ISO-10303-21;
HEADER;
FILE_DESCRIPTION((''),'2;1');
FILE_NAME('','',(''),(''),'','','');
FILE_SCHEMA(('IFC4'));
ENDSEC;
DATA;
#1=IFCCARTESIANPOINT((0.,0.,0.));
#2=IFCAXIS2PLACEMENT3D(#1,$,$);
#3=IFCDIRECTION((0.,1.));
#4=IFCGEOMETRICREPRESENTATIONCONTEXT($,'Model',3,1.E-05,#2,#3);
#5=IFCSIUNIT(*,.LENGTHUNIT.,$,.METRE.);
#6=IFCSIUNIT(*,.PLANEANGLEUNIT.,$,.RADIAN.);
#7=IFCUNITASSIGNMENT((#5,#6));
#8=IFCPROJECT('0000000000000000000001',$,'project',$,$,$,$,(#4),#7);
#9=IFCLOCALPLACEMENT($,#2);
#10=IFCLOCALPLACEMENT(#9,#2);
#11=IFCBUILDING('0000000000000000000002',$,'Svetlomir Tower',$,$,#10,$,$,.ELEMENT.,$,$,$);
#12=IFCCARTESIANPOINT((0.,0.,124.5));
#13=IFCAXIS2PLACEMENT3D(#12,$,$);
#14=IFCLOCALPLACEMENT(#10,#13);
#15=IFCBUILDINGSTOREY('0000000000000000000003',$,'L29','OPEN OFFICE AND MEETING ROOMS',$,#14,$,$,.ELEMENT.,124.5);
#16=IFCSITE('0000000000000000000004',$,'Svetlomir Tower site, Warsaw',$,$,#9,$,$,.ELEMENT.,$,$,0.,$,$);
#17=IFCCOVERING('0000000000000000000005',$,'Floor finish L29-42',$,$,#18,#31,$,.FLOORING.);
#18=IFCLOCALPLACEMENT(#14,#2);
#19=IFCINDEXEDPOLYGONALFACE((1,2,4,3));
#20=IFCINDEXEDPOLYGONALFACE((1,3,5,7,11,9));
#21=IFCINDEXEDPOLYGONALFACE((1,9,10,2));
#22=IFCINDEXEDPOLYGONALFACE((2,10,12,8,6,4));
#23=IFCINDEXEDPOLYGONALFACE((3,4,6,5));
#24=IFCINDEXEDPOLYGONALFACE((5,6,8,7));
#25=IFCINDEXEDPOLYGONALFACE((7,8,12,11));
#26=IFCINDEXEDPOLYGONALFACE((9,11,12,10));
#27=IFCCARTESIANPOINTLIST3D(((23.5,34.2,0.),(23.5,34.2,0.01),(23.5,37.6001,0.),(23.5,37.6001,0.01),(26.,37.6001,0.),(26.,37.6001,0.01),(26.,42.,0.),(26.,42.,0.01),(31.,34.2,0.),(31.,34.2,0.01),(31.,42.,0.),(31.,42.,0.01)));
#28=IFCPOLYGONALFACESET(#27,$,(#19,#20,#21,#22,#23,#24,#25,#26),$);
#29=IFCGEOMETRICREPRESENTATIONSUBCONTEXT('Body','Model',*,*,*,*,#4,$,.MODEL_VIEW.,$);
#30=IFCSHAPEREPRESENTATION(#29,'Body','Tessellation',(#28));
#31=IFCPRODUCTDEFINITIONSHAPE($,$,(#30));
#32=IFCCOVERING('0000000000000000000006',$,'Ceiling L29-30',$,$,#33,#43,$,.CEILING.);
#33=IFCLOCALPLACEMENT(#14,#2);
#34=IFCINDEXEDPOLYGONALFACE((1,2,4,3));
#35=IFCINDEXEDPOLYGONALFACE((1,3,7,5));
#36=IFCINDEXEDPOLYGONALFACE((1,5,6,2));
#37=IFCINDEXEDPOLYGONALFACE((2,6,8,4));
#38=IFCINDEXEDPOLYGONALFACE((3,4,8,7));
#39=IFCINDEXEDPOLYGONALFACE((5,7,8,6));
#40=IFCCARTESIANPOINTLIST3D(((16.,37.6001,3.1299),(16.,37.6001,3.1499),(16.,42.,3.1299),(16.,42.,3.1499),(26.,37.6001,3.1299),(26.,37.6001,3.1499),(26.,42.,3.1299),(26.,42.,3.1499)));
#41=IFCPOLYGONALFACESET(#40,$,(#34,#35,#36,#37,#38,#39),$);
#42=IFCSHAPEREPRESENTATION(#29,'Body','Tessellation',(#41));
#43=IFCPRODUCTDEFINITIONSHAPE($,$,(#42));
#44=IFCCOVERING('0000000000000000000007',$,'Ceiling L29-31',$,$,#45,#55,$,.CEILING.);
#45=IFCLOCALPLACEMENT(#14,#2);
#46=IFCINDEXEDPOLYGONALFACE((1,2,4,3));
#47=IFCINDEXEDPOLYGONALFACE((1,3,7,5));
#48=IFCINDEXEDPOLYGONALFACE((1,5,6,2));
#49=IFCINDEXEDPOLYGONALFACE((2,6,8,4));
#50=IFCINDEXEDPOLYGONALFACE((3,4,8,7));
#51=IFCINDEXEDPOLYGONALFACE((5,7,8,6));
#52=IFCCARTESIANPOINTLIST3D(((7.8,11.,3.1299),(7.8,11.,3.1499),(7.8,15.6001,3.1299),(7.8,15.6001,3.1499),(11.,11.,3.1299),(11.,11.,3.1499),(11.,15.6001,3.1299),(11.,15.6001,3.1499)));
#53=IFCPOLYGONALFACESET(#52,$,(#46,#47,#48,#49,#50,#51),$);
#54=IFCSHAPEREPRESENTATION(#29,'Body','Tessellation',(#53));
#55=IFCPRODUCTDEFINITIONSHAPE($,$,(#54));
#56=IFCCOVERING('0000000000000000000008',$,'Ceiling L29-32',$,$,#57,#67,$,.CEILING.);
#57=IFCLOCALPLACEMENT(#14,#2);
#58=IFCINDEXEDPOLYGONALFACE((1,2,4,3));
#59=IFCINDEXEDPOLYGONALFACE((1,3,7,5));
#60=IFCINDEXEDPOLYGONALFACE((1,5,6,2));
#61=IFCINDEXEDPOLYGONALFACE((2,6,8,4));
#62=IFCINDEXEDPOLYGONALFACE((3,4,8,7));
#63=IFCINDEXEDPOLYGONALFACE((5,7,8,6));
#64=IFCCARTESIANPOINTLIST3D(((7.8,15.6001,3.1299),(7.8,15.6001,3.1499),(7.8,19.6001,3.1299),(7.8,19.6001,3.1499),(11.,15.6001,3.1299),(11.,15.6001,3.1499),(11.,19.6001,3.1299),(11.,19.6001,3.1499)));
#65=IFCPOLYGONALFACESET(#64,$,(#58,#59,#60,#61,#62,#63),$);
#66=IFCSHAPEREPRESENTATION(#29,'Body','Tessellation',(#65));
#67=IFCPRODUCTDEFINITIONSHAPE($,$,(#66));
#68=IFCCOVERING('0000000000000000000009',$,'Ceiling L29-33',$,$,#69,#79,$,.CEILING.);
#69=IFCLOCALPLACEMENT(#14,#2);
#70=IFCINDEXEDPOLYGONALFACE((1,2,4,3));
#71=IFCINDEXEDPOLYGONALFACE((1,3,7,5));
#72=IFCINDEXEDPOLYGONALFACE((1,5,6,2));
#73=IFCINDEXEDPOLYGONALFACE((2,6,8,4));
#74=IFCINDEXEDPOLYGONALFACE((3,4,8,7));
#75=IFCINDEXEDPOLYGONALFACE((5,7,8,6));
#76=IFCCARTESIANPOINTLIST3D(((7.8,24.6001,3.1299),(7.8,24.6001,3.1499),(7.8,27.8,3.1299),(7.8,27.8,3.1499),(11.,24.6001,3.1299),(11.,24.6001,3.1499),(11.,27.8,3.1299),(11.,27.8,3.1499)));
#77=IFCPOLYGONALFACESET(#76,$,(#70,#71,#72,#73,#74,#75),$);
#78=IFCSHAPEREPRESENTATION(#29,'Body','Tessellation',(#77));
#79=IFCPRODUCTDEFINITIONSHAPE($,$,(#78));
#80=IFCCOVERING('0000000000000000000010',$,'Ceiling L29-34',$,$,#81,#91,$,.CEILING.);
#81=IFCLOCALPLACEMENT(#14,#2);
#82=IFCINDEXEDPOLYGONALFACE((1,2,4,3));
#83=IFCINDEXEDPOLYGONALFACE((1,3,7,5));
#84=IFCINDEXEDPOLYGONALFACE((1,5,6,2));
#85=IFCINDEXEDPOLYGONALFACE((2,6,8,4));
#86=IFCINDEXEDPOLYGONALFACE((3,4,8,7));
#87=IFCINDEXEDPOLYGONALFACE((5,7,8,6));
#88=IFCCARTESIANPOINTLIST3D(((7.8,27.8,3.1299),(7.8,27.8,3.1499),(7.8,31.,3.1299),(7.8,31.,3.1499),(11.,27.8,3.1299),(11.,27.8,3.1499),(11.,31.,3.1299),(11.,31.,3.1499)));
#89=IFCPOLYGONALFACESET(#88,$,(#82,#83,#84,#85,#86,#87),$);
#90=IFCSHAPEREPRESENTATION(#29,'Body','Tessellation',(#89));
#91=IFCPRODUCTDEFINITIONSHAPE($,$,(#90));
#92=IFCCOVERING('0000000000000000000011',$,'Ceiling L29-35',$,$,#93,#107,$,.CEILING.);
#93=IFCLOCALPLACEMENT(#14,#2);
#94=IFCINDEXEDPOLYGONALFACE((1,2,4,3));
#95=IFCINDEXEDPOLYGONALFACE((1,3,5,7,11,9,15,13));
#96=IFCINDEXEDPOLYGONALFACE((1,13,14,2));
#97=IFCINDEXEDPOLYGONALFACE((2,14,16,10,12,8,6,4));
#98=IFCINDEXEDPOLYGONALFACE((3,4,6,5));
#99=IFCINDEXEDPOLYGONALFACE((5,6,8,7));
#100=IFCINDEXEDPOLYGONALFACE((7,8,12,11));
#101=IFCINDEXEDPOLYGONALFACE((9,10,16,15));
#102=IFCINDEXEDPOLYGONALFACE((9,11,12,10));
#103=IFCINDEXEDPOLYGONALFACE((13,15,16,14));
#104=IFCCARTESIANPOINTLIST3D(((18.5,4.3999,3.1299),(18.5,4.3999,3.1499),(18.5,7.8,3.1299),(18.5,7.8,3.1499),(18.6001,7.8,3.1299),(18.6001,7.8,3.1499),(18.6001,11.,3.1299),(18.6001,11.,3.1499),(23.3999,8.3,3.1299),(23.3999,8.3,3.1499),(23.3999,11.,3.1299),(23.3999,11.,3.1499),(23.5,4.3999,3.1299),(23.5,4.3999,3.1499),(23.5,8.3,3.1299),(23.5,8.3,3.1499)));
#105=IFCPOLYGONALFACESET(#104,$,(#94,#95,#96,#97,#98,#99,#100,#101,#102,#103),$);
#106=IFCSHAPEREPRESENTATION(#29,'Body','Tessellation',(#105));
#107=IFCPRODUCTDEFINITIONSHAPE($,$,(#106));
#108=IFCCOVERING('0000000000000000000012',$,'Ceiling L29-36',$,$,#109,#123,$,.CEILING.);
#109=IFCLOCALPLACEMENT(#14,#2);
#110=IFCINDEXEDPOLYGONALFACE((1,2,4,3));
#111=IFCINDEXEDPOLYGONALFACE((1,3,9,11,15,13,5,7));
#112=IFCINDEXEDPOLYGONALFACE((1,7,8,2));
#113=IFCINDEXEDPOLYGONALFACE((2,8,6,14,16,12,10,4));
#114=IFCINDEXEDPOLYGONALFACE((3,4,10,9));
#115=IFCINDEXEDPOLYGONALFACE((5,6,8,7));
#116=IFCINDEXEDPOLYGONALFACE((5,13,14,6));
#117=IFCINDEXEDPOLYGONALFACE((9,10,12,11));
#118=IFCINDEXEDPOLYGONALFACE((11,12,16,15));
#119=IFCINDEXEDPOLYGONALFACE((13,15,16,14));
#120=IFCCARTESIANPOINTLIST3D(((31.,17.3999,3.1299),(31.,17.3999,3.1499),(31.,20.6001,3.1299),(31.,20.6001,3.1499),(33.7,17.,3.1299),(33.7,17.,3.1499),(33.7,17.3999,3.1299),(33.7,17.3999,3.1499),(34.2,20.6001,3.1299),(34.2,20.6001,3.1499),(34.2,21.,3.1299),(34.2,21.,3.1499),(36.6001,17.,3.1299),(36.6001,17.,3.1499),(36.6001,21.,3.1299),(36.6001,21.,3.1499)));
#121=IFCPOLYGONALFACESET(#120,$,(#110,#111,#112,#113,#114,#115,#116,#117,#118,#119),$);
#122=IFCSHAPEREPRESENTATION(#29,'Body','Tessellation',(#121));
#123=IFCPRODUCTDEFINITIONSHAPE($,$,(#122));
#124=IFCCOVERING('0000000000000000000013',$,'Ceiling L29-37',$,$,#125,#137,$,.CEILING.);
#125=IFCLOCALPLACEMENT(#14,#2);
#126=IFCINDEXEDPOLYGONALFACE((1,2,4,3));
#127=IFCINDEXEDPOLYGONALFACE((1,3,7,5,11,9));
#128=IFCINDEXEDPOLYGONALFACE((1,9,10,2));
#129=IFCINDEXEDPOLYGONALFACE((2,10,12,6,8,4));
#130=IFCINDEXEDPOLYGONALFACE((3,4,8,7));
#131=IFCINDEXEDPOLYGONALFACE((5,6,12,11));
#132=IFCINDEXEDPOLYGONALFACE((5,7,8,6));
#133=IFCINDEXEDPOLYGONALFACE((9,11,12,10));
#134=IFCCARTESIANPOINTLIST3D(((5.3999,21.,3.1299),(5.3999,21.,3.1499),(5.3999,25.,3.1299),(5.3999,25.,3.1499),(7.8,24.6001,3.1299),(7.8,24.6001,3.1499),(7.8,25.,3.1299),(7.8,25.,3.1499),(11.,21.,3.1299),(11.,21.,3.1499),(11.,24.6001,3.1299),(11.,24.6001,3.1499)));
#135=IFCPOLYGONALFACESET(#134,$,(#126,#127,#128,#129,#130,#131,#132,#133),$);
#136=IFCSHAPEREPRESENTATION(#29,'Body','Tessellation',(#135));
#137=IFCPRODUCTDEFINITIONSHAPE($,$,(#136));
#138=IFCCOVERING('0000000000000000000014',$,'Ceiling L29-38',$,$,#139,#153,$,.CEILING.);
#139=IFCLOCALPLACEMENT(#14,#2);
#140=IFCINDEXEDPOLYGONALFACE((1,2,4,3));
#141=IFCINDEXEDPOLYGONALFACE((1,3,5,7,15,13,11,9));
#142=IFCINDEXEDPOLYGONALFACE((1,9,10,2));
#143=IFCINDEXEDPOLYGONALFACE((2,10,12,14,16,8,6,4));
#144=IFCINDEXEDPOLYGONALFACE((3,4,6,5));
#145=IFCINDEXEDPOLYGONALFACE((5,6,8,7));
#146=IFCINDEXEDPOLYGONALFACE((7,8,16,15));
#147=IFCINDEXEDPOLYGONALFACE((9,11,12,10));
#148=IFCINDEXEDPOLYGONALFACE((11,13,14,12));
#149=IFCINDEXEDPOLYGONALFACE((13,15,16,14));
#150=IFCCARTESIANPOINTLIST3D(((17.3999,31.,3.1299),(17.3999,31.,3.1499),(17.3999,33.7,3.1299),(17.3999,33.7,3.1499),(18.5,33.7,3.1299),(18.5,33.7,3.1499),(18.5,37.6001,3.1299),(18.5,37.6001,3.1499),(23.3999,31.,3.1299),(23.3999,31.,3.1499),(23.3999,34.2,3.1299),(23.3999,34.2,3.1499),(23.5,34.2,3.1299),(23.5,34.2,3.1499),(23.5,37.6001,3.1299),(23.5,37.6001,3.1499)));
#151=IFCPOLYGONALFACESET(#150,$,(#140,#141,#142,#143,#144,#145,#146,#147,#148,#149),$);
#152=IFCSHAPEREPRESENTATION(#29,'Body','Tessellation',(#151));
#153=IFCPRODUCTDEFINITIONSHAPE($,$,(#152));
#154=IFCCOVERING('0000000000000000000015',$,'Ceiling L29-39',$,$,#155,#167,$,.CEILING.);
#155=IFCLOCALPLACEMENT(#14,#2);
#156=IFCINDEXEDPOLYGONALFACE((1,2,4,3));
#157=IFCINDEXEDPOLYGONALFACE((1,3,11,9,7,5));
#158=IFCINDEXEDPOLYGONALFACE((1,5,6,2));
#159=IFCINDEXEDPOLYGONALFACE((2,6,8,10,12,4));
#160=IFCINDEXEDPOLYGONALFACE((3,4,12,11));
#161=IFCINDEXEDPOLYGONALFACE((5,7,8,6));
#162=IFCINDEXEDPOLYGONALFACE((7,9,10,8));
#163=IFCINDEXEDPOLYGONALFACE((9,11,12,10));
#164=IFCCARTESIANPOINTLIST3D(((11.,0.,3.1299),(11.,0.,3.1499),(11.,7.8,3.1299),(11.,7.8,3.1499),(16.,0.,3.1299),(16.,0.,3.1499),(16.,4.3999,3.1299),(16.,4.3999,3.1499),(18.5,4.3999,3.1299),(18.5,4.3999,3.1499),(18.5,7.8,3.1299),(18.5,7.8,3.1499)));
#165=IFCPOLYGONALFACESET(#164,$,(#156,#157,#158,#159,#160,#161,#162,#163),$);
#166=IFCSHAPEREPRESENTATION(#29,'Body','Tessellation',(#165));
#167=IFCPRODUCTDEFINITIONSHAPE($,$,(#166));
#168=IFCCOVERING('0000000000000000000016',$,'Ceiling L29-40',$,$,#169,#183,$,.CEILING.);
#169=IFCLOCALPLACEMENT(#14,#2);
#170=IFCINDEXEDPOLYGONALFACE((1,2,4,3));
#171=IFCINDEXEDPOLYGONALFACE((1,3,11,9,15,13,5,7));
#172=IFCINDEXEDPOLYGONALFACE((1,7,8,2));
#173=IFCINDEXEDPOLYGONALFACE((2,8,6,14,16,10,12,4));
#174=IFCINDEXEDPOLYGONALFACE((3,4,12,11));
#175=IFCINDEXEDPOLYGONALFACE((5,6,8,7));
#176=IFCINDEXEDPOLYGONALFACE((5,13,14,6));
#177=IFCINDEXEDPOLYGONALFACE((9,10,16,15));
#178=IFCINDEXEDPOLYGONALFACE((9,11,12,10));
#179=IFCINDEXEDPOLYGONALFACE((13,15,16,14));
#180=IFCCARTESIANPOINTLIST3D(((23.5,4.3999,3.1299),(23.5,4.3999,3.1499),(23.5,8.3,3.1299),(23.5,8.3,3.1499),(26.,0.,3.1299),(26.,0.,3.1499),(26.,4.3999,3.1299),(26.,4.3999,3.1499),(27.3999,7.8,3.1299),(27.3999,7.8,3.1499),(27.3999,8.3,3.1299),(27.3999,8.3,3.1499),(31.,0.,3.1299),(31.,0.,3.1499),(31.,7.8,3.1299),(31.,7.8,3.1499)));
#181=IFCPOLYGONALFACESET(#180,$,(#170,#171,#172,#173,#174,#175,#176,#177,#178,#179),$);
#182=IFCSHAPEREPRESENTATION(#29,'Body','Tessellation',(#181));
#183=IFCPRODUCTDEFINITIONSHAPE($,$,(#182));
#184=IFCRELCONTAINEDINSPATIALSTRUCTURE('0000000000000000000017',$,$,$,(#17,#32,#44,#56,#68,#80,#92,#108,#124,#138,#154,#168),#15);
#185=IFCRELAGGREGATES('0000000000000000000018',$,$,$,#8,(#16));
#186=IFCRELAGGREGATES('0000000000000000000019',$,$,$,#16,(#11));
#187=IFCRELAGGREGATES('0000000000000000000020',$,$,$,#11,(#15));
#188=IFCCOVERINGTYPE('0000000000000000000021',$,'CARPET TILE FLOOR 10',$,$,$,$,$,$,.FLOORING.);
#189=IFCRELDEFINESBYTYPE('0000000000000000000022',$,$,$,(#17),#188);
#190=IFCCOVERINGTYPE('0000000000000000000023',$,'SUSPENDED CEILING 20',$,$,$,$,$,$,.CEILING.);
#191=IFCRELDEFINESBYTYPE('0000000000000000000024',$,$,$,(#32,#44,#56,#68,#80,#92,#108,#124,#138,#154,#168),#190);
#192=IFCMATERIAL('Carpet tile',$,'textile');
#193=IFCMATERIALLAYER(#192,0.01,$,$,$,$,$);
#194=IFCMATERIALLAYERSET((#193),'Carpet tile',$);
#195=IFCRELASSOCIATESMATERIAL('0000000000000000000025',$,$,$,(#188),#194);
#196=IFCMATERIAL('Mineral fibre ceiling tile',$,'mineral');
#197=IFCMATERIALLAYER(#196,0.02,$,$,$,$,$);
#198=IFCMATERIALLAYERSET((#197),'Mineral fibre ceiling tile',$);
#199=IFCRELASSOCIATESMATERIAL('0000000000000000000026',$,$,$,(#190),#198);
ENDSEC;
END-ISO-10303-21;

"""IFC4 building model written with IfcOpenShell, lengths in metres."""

from ifc_helpers import new_model, si_unit, direction, frame, origin, place, context, subcontext, project, spatial, polyline, outline, extrude, material, layer, layer_set, type_object, element, save


model = new_model("IFC4")

# Units and contexts
model_context = context("Model", 3, precision=1e-05, world=origin(), true_north=direction((0.0, 1.0)))
body_context = subcontext(model_context, "Body", "Model", "MODEL_VIEW")
ifc_project = project(units=[si_unit("LENGTHUNIT", "METRE"), si_unit("PLANEANGLEUNIT", "RADIAN")], contexts=[model_context])

# Site, building, storey
site_placement = place(None, origin())
site = spatial("IfcSite", under=ifc_project, at=site_placement, Name="Svetlomir Tower site, Warsaw", CompositionType="ELEMENT", RefElevation=0.0)
building_placement = place(site_placement, origin())
building = spatial("IfcBuilding", under=site, at=building_placement, Name="Svetlomir Tower", CompositionType="ELEMENT")
storey_placement = place(building_placement, frame((0.0, 0.0, 124.5)))
storey = spatial("IfcBuildingStorey", under=building, at=storey_placement, Name="L29", Description="OPEN OFFICE AND MEETING ROOMS", CompositionType="ELEMENT", Elevation=124.5)

# Coverings
ifc_material_1 = material(Name="Carpet tile", Category="textile")
ifc_layer_1 = layer(ifc_material_1, 0.01)
ifc_layer_set_1 = layer_set([ifc_layer_1], Name="Carpet tile")
covering_type_1 = type_object("IfcCoveringType", Name="CARPET TILE FLOOR 10", PredefinedType="FLOORING", material=ifc_layer_set_1)
covering_1_placement = place(storey_placement, origin())
element("IfcCovering", 1, at=covering_1_placement, inside=storey, type_object=covering_type_1, Name="Floor finish L29-42", PredefinedType="FLOORING", context=body_context, shape_type="SweptSolid", body=[
    extrude(outline(polyline([(23.5, 34.2), (23.5, 37.6001), (26.0, 37.6001), (26.0, 42.0), (31.0, 42.0), (31.0, 34.2), (23.5, 34.2)])), origin(), (0.0, 0.0, 1.0), 0.01),
])
ifc_material_2 = material(Name="Mineral fibre ceiling tile", Category="mineral")
ifc_layer_2 = layer(ifc_material_2, 0.02)
ifc_layer_set_2 = layer_set([ifc_layer_2], Name="Mineral fibre ceiling tile")
covering_type_2 = type_object("IfcCoveringType", Name="SUSPENDED CEILING 20", PredefinedType="CEILING", material=ifc_layer_set_2)
covering_2_placement = place(storey_placement, frame((0.0, 0.0, 3.1299)))
element("IfcCovering", 2, at=covering_2_placement, inside=storey, type_object=covering_type_2, Name="Ceiling L29-30", PredefinedType="CEILING", context=body_context, shape_type="SweptSolid", body=[
    extrude(outline(polyline([(16.0, 37.6001), (26.0, 37.6001), (26.0, 42.0), (16.0, 42.0), (16.0, 37.6001)])), origin(), (0.0, 0.0, 1.0), 0.02),
])
covering_3_placement = place(storey_placement, frame((0.0, 0.0, 3.1299)))
element("IfcCovering", 3, at=covering_3_placement, inside=storey, type_object=covering_type_2, Name="Ceiling L29-31", PredefinedType="CEILING", context=body_context, shape_type="SweptSolid", body=[
    extrude(outline(polyline([(7.8, 11.0), (11.0, 11.0), (11.0, 15.6001), (7.8, 15.6001), (7.8, 11.0)])), origin(), (0.0, 0.0, 1.0), 0.02),
])
covering_4_placement = place(storey_placement, frame((0.0, 0.0, 3.1299)))
element("IfcCovering", 4, at=covering_4_placement, inside=storey, type_object=covering_type_2, Name="Ceiling L29-32", PredefinedType="CEILING", context=body_context, shape_type="SweptSolid", body=[
    extrude(outline(polyline([(7.8, 15.6001), (11.0, 15.6001), (11.0, 19.6001), (7.8, 19.6001), (7.8, 15.6001)])), origin(), (0.0, 0.0, 1.0), 0.02),
])
covering_5_placement = place(storey_placement, frame((0.0, 0.0, 3.1299)))
element("IfcCovering", 5, at=covering_5_placement, inside=storey, type_object=covering_type_2, Name="Ceiling L29-33", PredefinedType="CEILING", context=body_context, shape_type="SweptSolid", body=[
    extrude(outline(polyline([(7.8, 24.6001), (11.0, 24.6001), (11.0, 27.8), (7.8, 27.8), (7.8, 24.6001)])), origin(), (0.0, 0.0, 1.0), 0.02),
])
covering_6_placement = place(storey_placement, frame((0.0, 0.0, 3.1299)))
element("IfcCovering", 6, at=covering_6_placement, inside=storey, type_object=covering_type_2, Name="Ceiling L29-34", PredefinedType="CEILING", context=body_context, shape_type="SweptSolid", body=[
    extrude(outline(polyline([(7.8, 27.8), (11.0, 27.8), (11.0, 31.0), (7.8, 31.0), (7.8, 27.8)])), origin(), (0.0, 0.0, 1.0), 0.02),
])
covering_7_placement = place(storey_placement, frame((0.0, 0.0, 3.1299)))
element("IfcCovering", 7, at=covering_7_placement, inside=storey, type_object=covering_type_2, Name="Ceiling L29-35", PredefinedType="CEILING", context=body_context, shape_type="SweptSolid", body=[
    extrude(outline(polyline([(18.5, 4.3999), (18.5, 7.8), (18.6001, 7.8), (18.6001, 11.0), (23.3999, 11.0), (23.3999, 8.3), (23.5, 8.3), (23.5, 4.3999), (18.5, 4.3999)])), origin(), (0.0, 0.0, 1.0), 0.02),
])
covering_8_placement = place(storey_placement, frame((0.0, 0.0, 3.1299)))
element("IfcCovering", 8, at=covering_8_placement, inside=storey, type_object=covering_type_2, Name="Ceiling L29-36", PredefinedType="CEILING", context=body_context, shape_type="SweptSolid", body=[
    extrude(outline(polyline([(34.2, 20.6001), (34.2, 21.0), (36.6001, 21.0), (36.6001, 17.0), (33.7, 17.0), (33.7, 17.3999), (31.0, 17.3999), (31.0, 20.6001), (34.2, 20.6001)])), origin(), (0.0, 0.0, 1.0), 0.02),
])
covering_9_placement = place(storey_placement, frame((0.0, 0.0, 3.1299)))
element("IfcCovering", 9, at=covering_9_placement, inside=storey, type_object=covering_type_2, Name="Ceiling L29-37", PredefinedType="CEILING", context=body_context, shape_type="SweptSolid", body=[
    extrude(outline(polyline([(5.3999, 21.0), (5.3999, 25.0), (7.8, 25.0), (7.8, 24.6001), (11.0, 24.6001), (11.0, 21.0), (5.3999, 21.0)])), origin(), (0.0, 0.0, 1.0), 0.02),
])
covering_10_placement = place(storey_placement, frame((0.0, 0.0, 3.1299)))
element("IfcCovering", 10, at=covering_10_placement, inside=storey, type_object=covering_type_2, Name="Ceiling L29-38", PredefinedType="CEILING", context=body_context, shape_type="SweptSolid", body=[
    extrude(outline(polyline([(18.5, 33.7), (18.5, 37.6001), (23.5, 37.6001), (23.5, 34.2), (23.3999, 34.2), (23.3999, 31.0), (17.3999, 31.0), (17.3999, 33.7), (18.5, 33.7)])), origin(), (0.0, 0.0, 1.0), 0.02),
])
covering_11_placement = place(storey_placement, frame((0.0, 0.0, 3.1299)))
element("IfcCovering", 11, at=covering_11_placement, inside=storey, type_object=covering_type_2, Name="Ceiling L29-39", PredefinedType="CEILING", context=body_context, shape_type="SweptSolid", body=[
    extrude(outline(polyline([(18.5, 7.8), (18.5, 4.3999), (16.0, 4.3999), (16.0, 0.0), (11.0, 0.0), (11.0, 7.8), (18.5, 7.8)])), origin(), (0.0, 0.0, 1.0), 0.02),
])
covering_12_placement = place(storey_placement, frame((0.0, 0.0, 3.1299)))
element("IfcCovering", 12, at=covering_12_placement, inside=storey, type_object=covering_type_2, Name="Ceiling L29-40", PredefinedType="CEILING", context=body_context, shape_type="SweptSolid", body=[
    extrude(outline(polyline([(27.3999, 7.8), (31.0, 7.8), (31.0, 0.0), (26.0, 0.0), (26.0, 4.3999), (23.5, 4.3999), (23.5, 8.3), (27.3999, 8.3), (27.3999, 7.8)])), origin(), (0.0, 0.0, 1.0), 0.02),
])

save(model, "model.ifc")
